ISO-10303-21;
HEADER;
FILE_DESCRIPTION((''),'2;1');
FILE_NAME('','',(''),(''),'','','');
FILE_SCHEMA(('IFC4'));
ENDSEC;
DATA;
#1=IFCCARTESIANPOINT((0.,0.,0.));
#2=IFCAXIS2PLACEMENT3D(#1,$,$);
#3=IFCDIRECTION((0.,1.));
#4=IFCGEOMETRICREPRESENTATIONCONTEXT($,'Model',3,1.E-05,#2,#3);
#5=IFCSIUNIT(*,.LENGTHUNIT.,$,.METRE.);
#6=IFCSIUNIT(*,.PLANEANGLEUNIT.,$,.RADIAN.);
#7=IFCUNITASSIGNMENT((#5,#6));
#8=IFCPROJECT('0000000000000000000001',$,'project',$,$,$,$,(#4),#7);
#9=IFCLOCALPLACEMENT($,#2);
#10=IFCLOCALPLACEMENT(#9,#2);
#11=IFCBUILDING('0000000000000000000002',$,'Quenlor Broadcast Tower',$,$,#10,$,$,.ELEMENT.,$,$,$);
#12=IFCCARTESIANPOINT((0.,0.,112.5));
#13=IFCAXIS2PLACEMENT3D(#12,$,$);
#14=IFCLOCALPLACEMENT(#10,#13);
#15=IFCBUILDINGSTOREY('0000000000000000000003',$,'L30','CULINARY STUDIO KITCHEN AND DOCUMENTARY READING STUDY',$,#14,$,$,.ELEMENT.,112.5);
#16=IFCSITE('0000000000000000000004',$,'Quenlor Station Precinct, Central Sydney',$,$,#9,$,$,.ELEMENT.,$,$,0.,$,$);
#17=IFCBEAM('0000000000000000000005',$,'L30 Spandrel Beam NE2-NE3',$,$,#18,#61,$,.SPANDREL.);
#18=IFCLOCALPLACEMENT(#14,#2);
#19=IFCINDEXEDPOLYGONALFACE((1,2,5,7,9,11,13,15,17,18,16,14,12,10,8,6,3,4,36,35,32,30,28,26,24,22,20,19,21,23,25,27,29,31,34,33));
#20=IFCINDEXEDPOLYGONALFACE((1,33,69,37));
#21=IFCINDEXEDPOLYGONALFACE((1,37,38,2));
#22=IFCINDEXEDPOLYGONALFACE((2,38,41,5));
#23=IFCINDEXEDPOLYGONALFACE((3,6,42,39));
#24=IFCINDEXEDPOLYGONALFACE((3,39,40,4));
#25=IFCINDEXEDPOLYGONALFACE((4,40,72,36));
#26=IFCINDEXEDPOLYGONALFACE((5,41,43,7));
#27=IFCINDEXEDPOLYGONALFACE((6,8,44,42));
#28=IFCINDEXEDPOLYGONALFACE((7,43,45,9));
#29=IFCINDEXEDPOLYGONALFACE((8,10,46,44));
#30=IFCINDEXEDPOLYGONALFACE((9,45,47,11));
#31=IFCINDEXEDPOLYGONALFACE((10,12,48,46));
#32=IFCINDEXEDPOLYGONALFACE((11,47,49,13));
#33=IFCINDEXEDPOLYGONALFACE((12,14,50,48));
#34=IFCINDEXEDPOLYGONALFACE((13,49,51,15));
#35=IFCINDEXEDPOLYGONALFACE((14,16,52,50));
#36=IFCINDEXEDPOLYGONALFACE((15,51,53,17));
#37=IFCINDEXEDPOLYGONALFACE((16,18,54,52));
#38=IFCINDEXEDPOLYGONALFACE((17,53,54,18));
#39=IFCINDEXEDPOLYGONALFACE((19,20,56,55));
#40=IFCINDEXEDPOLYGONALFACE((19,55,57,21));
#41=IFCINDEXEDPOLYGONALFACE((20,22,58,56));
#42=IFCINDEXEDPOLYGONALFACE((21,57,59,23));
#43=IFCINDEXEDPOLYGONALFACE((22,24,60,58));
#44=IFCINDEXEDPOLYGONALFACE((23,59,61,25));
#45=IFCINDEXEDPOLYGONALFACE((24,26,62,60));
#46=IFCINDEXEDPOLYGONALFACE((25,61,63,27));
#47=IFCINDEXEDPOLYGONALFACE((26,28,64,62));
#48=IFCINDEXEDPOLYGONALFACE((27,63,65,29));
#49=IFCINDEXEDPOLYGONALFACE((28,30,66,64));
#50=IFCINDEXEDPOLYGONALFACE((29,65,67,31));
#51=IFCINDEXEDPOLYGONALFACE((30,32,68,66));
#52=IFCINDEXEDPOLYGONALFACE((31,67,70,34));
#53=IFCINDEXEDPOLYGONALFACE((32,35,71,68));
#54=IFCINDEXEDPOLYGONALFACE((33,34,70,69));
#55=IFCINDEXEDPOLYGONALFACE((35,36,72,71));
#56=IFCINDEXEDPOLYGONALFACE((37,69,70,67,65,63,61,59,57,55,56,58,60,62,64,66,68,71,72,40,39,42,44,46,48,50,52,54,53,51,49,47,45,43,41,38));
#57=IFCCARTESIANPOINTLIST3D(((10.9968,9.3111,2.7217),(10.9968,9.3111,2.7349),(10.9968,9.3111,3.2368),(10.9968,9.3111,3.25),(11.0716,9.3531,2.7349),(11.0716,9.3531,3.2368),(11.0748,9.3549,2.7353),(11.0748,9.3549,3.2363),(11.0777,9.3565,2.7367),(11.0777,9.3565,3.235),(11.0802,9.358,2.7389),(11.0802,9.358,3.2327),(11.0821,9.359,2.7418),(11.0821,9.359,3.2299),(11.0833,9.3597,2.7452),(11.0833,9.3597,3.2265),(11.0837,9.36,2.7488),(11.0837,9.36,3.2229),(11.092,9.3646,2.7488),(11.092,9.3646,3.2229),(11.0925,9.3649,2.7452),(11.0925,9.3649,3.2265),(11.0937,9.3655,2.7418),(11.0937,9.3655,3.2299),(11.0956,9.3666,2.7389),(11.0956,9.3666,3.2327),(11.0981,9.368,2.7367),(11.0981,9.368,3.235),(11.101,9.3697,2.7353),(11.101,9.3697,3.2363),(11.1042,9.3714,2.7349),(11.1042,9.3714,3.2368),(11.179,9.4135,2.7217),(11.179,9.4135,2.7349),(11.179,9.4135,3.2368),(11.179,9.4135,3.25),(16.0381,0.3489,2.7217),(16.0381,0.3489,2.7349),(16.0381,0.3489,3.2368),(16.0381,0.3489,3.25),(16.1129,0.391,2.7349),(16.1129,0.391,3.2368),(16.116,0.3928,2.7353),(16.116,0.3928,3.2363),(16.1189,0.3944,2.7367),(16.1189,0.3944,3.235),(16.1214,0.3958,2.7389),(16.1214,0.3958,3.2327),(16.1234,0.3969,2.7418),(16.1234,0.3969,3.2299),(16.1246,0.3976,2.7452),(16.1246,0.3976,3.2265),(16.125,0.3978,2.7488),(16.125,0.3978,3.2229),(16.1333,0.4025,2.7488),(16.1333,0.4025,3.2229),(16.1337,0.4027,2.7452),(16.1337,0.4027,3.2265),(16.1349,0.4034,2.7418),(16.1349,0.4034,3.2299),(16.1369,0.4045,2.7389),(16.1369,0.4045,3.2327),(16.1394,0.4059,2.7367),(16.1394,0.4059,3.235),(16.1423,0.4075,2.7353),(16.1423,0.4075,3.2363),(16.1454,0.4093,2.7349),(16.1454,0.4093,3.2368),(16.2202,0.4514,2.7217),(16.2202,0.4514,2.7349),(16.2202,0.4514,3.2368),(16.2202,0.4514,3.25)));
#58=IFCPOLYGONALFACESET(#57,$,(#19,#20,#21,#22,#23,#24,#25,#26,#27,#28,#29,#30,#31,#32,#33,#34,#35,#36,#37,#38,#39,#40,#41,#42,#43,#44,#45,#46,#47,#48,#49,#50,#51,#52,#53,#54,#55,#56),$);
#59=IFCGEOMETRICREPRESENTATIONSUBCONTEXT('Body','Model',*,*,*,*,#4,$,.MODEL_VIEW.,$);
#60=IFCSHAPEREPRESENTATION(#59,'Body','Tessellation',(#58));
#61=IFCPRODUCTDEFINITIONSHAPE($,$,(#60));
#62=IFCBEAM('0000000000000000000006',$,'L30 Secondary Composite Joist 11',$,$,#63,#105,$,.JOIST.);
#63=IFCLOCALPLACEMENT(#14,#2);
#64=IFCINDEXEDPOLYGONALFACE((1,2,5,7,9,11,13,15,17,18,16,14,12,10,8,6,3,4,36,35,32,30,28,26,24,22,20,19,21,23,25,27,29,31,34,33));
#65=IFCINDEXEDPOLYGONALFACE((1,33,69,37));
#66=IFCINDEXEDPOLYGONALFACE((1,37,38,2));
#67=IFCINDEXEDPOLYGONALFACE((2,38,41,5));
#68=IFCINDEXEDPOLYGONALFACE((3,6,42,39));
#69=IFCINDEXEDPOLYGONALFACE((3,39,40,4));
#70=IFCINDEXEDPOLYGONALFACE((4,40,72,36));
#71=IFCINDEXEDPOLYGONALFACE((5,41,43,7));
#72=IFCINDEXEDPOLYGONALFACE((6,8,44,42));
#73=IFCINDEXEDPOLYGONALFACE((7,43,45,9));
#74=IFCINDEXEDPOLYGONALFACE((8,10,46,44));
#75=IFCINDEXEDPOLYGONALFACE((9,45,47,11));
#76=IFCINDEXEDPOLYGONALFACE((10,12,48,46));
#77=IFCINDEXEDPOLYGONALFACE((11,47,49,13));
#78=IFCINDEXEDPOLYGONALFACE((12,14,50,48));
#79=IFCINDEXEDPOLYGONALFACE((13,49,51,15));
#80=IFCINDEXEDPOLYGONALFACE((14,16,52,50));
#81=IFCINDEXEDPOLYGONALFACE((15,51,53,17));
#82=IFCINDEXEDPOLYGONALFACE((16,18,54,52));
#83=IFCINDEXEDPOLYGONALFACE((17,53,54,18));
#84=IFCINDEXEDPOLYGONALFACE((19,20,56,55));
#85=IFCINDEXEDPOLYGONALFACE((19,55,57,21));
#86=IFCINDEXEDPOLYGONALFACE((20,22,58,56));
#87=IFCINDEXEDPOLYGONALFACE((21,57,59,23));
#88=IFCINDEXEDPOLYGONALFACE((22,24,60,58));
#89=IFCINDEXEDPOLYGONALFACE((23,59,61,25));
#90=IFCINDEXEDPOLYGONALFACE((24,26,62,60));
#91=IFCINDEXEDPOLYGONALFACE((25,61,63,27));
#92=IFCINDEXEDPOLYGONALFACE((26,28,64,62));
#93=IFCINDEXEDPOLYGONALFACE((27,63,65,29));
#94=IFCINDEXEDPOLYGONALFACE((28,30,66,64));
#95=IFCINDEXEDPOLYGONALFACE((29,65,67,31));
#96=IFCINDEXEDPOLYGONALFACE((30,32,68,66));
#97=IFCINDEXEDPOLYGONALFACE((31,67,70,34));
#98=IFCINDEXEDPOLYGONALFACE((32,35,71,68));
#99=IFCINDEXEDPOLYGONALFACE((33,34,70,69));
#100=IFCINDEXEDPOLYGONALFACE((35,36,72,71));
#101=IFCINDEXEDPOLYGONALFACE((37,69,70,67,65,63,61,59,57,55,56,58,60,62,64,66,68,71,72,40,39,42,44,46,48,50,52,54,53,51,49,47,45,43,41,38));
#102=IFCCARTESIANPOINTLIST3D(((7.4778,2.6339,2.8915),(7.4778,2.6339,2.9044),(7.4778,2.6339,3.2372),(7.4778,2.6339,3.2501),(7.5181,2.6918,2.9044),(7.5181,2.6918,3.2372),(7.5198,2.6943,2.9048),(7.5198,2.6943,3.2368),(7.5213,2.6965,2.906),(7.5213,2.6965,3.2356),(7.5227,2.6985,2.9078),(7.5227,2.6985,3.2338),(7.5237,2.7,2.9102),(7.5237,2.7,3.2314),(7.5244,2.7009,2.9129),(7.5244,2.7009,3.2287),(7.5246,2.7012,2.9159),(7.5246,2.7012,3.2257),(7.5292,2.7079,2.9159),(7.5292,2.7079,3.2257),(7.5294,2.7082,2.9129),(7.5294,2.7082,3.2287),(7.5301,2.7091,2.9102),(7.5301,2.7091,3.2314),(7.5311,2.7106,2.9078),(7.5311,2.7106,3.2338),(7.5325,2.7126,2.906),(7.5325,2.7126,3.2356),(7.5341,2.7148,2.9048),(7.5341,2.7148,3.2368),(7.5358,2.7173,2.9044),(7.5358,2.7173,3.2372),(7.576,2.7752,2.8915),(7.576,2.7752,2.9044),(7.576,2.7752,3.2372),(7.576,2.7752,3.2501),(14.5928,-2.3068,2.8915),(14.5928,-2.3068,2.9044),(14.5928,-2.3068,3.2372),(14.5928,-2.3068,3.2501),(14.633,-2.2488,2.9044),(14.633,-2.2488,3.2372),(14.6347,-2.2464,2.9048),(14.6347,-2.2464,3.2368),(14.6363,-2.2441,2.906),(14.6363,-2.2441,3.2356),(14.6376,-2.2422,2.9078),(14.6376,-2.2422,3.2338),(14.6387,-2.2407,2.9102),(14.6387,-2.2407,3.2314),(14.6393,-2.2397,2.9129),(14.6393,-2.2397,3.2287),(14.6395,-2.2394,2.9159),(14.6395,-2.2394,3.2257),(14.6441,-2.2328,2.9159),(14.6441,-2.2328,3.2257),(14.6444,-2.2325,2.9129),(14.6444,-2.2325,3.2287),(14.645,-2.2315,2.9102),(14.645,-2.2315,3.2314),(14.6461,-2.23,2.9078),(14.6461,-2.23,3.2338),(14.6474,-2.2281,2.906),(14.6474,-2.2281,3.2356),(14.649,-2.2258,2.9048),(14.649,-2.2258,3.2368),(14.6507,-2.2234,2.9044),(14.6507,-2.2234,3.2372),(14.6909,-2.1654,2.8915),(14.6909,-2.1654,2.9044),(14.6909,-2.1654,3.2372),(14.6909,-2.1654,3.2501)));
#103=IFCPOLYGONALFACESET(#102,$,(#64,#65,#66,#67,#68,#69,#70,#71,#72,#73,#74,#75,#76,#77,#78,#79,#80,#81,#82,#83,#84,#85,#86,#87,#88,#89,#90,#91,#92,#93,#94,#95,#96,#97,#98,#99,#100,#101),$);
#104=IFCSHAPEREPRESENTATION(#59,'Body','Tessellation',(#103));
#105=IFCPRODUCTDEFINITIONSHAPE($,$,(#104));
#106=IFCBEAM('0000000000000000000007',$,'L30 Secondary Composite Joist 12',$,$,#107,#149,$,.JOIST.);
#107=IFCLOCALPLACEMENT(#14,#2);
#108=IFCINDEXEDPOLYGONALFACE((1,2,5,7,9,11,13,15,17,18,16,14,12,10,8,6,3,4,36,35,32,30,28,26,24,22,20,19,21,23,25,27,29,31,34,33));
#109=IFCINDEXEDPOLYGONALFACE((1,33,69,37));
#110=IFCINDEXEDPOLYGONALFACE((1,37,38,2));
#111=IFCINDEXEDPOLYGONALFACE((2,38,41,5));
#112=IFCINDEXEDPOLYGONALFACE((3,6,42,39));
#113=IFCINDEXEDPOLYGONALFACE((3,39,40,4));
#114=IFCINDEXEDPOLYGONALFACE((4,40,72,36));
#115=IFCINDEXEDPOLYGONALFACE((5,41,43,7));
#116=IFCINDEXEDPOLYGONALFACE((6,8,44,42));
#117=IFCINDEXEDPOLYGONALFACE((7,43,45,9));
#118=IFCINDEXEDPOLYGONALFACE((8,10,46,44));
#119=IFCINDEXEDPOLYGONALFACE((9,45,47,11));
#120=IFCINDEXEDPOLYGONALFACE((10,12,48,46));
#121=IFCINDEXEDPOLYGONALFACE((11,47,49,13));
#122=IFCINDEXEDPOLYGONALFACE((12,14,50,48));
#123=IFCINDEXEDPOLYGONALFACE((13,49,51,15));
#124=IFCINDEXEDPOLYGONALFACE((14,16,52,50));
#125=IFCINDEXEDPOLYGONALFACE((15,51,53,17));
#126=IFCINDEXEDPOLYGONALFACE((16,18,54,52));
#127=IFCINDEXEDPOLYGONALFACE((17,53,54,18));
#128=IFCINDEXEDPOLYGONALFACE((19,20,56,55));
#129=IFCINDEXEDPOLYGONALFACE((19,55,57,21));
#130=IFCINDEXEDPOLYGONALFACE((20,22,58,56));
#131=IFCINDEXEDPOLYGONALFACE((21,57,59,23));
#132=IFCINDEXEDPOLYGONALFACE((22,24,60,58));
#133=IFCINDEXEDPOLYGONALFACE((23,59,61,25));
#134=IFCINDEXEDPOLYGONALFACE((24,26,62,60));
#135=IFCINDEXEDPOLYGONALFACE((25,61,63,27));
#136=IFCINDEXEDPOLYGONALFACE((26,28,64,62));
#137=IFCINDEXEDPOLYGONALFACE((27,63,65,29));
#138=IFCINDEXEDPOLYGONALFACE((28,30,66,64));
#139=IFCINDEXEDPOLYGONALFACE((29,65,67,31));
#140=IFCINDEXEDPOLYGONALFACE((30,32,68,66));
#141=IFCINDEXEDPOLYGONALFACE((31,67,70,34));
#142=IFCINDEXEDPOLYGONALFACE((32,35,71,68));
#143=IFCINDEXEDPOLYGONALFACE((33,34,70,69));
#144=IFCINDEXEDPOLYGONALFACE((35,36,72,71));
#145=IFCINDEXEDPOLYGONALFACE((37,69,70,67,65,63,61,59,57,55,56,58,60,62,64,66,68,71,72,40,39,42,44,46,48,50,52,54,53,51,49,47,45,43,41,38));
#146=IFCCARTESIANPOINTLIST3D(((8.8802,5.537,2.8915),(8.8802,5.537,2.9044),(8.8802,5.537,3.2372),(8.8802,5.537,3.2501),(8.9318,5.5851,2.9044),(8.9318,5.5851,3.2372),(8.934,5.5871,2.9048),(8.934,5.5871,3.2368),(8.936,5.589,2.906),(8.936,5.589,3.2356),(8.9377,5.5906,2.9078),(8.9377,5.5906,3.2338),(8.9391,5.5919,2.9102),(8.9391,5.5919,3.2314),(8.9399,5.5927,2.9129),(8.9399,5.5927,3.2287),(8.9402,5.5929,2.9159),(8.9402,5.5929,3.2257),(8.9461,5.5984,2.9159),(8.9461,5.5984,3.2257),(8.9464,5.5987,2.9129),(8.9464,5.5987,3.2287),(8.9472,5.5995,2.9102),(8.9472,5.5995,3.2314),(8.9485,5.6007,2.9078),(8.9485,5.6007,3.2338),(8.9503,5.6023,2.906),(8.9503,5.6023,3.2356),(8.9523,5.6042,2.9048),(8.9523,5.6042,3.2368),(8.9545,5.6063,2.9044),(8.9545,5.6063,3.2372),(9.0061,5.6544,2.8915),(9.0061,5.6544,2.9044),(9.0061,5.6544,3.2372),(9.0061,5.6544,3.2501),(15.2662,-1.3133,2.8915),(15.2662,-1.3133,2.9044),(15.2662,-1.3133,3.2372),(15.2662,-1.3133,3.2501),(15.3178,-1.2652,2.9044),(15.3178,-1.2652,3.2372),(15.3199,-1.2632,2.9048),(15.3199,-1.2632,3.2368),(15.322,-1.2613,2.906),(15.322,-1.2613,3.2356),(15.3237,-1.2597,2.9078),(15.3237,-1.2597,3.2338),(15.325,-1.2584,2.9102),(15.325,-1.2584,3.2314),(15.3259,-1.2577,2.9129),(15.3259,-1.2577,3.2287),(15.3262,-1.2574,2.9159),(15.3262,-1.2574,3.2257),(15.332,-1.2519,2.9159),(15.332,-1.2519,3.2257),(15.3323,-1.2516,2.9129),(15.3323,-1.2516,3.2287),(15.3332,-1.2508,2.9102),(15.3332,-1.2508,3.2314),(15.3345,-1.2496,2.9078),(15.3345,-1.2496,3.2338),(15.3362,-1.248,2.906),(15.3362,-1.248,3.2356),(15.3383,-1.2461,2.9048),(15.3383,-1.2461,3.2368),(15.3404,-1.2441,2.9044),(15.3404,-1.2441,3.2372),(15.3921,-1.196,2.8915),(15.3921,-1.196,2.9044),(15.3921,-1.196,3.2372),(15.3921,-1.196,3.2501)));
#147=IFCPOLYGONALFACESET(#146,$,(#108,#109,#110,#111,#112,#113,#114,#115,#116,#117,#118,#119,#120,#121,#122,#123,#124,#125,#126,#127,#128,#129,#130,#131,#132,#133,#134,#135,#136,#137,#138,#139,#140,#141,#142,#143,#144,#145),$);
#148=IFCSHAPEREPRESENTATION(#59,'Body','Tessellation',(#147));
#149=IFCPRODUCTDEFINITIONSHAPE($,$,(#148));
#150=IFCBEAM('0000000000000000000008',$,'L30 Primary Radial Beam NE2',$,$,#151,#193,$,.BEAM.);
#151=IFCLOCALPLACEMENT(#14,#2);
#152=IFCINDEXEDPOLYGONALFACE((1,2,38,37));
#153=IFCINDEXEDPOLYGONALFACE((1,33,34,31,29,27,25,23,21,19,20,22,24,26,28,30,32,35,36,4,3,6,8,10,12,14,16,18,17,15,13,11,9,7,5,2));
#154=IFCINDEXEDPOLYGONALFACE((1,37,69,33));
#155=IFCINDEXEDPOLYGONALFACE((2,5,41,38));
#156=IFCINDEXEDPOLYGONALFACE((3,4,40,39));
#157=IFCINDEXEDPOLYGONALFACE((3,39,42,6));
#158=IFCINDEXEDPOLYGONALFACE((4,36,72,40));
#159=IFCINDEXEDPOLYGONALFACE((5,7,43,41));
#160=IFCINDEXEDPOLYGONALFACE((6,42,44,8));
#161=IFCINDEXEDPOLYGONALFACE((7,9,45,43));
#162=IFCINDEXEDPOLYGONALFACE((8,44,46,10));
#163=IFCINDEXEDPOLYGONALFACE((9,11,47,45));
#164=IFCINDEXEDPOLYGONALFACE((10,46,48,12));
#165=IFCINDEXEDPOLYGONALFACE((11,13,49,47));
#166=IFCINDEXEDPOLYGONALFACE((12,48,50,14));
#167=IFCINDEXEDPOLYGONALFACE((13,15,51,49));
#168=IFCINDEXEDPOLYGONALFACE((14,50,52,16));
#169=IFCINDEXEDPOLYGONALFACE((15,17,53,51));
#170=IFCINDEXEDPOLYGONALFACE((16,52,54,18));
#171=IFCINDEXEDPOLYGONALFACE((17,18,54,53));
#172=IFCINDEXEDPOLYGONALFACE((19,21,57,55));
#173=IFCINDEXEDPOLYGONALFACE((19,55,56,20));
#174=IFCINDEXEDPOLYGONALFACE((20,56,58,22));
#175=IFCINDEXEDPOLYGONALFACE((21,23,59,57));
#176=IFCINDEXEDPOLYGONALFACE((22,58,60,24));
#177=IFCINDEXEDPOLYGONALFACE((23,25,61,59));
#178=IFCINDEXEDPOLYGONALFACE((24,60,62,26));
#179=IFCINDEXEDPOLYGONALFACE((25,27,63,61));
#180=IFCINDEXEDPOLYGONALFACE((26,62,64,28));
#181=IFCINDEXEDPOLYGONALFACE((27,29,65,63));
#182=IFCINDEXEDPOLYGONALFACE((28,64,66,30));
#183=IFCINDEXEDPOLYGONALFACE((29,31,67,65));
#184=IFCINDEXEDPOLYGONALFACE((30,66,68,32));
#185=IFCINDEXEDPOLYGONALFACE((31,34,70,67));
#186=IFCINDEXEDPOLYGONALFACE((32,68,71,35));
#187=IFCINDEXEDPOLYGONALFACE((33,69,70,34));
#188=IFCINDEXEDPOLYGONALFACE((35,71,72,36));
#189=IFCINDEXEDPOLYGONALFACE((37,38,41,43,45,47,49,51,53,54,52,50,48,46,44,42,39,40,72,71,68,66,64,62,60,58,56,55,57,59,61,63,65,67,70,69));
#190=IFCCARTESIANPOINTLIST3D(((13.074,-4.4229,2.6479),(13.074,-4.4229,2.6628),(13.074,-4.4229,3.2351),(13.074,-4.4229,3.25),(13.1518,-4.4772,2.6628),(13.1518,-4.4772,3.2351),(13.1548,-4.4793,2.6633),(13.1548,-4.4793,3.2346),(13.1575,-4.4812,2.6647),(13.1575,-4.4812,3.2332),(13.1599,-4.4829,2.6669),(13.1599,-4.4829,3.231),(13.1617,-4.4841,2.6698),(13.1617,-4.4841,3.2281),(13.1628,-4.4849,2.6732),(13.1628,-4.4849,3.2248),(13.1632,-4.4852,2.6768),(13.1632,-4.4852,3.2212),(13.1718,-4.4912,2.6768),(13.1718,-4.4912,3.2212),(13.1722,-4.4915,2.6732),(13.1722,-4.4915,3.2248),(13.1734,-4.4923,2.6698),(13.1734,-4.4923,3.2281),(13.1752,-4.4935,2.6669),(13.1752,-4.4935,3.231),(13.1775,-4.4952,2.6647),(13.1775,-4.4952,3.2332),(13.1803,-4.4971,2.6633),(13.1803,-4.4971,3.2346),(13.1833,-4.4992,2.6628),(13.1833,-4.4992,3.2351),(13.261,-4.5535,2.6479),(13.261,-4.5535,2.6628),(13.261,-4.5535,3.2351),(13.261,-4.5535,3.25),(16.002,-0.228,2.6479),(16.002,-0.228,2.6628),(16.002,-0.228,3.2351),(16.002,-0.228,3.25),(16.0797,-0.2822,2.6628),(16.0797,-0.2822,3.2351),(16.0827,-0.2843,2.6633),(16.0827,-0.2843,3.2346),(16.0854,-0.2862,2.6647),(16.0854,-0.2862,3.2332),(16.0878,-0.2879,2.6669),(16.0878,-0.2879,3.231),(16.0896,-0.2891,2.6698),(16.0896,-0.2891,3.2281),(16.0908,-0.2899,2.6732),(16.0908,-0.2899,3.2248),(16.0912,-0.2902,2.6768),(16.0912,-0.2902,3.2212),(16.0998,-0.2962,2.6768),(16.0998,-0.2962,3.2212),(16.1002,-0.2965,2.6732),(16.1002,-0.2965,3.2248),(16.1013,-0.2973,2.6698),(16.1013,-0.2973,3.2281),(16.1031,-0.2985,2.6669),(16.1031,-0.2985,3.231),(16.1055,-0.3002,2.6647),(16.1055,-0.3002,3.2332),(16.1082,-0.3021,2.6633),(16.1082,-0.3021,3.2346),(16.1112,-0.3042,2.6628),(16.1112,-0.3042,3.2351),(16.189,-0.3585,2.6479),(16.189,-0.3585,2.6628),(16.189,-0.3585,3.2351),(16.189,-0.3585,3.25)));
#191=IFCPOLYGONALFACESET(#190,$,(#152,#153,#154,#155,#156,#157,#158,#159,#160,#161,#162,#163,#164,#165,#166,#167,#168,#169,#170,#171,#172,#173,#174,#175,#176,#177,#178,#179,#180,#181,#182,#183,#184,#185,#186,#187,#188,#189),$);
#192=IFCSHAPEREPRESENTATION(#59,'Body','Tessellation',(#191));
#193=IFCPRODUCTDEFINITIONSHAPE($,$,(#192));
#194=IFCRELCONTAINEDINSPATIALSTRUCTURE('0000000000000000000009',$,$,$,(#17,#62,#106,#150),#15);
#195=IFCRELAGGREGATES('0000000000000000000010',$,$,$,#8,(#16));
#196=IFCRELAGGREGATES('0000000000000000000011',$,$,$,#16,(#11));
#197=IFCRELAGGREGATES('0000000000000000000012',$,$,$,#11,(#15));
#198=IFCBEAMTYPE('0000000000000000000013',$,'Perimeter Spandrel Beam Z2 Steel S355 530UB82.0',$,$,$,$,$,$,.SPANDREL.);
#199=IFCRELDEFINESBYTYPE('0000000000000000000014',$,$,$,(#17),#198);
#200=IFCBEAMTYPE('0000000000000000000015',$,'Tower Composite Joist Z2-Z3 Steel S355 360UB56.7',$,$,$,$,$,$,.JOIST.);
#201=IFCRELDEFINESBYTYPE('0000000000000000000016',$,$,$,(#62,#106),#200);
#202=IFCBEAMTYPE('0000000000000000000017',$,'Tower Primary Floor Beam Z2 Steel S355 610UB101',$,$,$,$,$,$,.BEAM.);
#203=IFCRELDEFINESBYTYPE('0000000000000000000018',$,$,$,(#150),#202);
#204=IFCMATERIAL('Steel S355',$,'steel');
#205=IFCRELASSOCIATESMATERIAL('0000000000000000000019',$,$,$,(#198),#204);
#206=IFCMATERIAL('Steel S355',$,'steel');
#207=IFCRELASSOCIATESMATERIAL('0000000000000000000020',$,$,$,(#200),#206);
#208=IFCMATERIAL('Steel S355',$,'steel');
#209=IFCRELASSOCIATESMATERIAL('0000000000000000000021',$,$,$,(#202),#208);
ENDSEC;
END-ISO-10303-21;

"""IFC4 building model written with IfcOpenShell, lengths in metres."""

from ifc_helpers import new_model, si_unit, direction, frame, origin, origin_2d, place, context, subcontext, project, spatial, i_section, extrude, material, material_profile, profile_set, type_object, element, save


model = new_model("IFC4")

# Units and contexts
model_context = context("Model", 3, precision=1e-05, world=origin(), true_north=direction((0.0, 1.0)))
body_context = subcontext(model_context, "Body", "Model", "MODEL_VIEW")
ifc_project = project(units=[si_unit("LENGTHUNIT", "METRE"), si_unit("PLANEANGLEUNIT", "RADIAN")], contexts=[model_context])

# Site, building, storey
site_placement = place(None, origin())
site = spatial("IfcSite", under=ifc_project, at=site_placement, Name="Quenlor Station Precinct, Central Sydney", CompositionType="ELEMENT", RefElevation=0.0)
building_placement = place(site_placement, origin())
building = spatial("IfcBuilding", under=site, at=building_placement, Name="Quenlor Broadcast Tower", CompositionType="ELEMENT")
storey_placement = place(building_placement, frame((0.0, 0.0, 112.5)))
storey = spatial("IfcBuildingStorey", under=building, at=storey_placement, Name="L30", Description="CULINARY STUDIO KITCHEN AND DOCUMENTARY READING STUDY", CompositionType="ELEMENT", Elevation=112.5)

# Beams
ifc_material_1 = material(Name="Steel S355", Category="steel")
ifc_material_profile_1 = material_profile(ifc_material_1, i_section(OverallWidth=0.209, OverallDepth=0.5283, WebThickness=0.0095, FlangeThickness=0.0132, FilletRadius=0.0139, at=origin_2d()))
ifc_profile_set_1 = profile_set([ifc_material_profile_1], Name="Steel S355 530UB82.0")
beam_type_1 = type_object("IfcBeamType", Name="Perimeter Spandrel Beam Z2 Steel S355 530UB82.0", PredefinedType="SPANDREL", material=ifc_profile_set_1)
beam_1_placement = place(storey_placement, frame((16.1292, 0.4001, 2.9858), z_axis=(-0.490265, 0.871574, 0.0), x_axis=(-0.871574, -0.490265, 0.0)))
element("IfcBeam", 1, at=beam_1_placement, inside=storey, type_object=beam_type_1, Name="L30 Spandrel Beam NE2-NE3", PredefinedType="SPANDREL", context=body_context, shape_type="SweptSolid", body=[
    extrude(i_section(OverallWidth=0.209, OverallDepth=0.5283, WebThickness=0.0095, FlangeThickness=0.0132, FilletRadius=0.0139, at=origin_2d()), origin(), (0.0, 0.0, 1.0), 10.2827),
])
ifc_material_2 = material(Name="Steel S355", Category="steel")
ifc_material_profile_2 = material_profile(ifc_material_2, i_section(OverallWidth=0.1721, OverallDepth=0.3586, WebThickness=0.0081, FlangeThickness=0.0129, FilletRadius=0.0115, at=origin_2d()))
ifc_profile_set_2 = profile_set([ifc_material_profile_2], Name="Steel S355 360UB56.7")
beam_type_2 = type_object("IfcBeamType", Name="Tower Composite Joist Z2-Z3 Steel S355 360UB56.7", PredefinedType="JOIST", material=ifc_profile_set_2)
beam_2_placement = place(storey_placement, frame((14.6418, -2.2361, 3.0708), z_axis=(-0.821386, 0.570373, 0.0), x_axis=(-0.570373, -0.821386, 0.0)))
element("IfcBeam", 2, at=beam_2_placement, inside=storey, type_object=beam_type_2, Name="L30 Secondary Composite Joist 11", PredefinedType="JOIST", context=body_context, shape_type="SweptSolid", body=[
    extrude(i_section(OverallWidth=0.1721, OverallDepth=0.3586, WebThickness=0.0081, FlangeThickness=0.0129, FilletRadius=0.0115, at=origin_2d()), origin(), (0.0, 0.0, 1.0), 8.6621),
])
beam_3_placement = place(storey_placement, frame((15.3291, -1.2546, 3.0708), z_axis=(-0.681881, 0.731463, 0.0), x_axis=(-0.731463, -0.681881, 0.0)))
element("IfcBeam", 3, at=beam_3_placement, inside=storey, type_object=beam_type_2, Name="L30 Secondary Composite Joist 12", PredefinedType="JOIST", context=body_context, shape_type="SweptSolid", body=[
    extrude(i_section(OverallWidth=0.1721, OverallDepth=0.3586, WebThickness=0.0081, FlangeThickness=0.0129, FilletRadius=0.0115, at=origin_2d()), origin(), (0.0, 0.0, 1.0), 9.3652),
])
ifc_material_3 = material(Name="Steel S355", Category="steel")
ifc_material_profile_3 = material_profile(ifc_material_3, i_section(OverallWidth=0.228, OverallDepth=0.6021, WebThickness=0.0105, FlangeThickness=0.0149, FilletRadius=0.0139, at=origin_2d()))
ifc_profile_set_3 = profile_set([ifc_material_profile_3], Name="Steel S355 610UB101")
beam_type_3 = type_object("IfcBeamType", Name="Tower Primary Floor Beam Z2 Steel S355 610UB101", PredefinedType="BEAM", material=ifc_profile_set_3)
beam_4_placement = place(storey_placement, frame((16.0955, -0.2932, 2.949), z_axis=(-0.572338, -0.820018, 0.0), x_axis=(0.820018, -0.572338, 0.0)))
element("IfcBeam", 4, at=beam_4_placement, inside=storey, type_object=beam_type_3, Name="L30 Primary Radial Beam NE2", PredefinedType="BEAM", context=body_context, shape_type="SweptSolid", body=[
    extrude(i_section(OverallWidth=0.228, OverallDepth=0.6021, WebThickness=0.0105, FlangeThickness=0.0149, FilletRadius=0.0139, at=origin_2d()), origin(), (0.0, 0.0, 1.0), 5.1157),
])

save(model, "model.ifc")
